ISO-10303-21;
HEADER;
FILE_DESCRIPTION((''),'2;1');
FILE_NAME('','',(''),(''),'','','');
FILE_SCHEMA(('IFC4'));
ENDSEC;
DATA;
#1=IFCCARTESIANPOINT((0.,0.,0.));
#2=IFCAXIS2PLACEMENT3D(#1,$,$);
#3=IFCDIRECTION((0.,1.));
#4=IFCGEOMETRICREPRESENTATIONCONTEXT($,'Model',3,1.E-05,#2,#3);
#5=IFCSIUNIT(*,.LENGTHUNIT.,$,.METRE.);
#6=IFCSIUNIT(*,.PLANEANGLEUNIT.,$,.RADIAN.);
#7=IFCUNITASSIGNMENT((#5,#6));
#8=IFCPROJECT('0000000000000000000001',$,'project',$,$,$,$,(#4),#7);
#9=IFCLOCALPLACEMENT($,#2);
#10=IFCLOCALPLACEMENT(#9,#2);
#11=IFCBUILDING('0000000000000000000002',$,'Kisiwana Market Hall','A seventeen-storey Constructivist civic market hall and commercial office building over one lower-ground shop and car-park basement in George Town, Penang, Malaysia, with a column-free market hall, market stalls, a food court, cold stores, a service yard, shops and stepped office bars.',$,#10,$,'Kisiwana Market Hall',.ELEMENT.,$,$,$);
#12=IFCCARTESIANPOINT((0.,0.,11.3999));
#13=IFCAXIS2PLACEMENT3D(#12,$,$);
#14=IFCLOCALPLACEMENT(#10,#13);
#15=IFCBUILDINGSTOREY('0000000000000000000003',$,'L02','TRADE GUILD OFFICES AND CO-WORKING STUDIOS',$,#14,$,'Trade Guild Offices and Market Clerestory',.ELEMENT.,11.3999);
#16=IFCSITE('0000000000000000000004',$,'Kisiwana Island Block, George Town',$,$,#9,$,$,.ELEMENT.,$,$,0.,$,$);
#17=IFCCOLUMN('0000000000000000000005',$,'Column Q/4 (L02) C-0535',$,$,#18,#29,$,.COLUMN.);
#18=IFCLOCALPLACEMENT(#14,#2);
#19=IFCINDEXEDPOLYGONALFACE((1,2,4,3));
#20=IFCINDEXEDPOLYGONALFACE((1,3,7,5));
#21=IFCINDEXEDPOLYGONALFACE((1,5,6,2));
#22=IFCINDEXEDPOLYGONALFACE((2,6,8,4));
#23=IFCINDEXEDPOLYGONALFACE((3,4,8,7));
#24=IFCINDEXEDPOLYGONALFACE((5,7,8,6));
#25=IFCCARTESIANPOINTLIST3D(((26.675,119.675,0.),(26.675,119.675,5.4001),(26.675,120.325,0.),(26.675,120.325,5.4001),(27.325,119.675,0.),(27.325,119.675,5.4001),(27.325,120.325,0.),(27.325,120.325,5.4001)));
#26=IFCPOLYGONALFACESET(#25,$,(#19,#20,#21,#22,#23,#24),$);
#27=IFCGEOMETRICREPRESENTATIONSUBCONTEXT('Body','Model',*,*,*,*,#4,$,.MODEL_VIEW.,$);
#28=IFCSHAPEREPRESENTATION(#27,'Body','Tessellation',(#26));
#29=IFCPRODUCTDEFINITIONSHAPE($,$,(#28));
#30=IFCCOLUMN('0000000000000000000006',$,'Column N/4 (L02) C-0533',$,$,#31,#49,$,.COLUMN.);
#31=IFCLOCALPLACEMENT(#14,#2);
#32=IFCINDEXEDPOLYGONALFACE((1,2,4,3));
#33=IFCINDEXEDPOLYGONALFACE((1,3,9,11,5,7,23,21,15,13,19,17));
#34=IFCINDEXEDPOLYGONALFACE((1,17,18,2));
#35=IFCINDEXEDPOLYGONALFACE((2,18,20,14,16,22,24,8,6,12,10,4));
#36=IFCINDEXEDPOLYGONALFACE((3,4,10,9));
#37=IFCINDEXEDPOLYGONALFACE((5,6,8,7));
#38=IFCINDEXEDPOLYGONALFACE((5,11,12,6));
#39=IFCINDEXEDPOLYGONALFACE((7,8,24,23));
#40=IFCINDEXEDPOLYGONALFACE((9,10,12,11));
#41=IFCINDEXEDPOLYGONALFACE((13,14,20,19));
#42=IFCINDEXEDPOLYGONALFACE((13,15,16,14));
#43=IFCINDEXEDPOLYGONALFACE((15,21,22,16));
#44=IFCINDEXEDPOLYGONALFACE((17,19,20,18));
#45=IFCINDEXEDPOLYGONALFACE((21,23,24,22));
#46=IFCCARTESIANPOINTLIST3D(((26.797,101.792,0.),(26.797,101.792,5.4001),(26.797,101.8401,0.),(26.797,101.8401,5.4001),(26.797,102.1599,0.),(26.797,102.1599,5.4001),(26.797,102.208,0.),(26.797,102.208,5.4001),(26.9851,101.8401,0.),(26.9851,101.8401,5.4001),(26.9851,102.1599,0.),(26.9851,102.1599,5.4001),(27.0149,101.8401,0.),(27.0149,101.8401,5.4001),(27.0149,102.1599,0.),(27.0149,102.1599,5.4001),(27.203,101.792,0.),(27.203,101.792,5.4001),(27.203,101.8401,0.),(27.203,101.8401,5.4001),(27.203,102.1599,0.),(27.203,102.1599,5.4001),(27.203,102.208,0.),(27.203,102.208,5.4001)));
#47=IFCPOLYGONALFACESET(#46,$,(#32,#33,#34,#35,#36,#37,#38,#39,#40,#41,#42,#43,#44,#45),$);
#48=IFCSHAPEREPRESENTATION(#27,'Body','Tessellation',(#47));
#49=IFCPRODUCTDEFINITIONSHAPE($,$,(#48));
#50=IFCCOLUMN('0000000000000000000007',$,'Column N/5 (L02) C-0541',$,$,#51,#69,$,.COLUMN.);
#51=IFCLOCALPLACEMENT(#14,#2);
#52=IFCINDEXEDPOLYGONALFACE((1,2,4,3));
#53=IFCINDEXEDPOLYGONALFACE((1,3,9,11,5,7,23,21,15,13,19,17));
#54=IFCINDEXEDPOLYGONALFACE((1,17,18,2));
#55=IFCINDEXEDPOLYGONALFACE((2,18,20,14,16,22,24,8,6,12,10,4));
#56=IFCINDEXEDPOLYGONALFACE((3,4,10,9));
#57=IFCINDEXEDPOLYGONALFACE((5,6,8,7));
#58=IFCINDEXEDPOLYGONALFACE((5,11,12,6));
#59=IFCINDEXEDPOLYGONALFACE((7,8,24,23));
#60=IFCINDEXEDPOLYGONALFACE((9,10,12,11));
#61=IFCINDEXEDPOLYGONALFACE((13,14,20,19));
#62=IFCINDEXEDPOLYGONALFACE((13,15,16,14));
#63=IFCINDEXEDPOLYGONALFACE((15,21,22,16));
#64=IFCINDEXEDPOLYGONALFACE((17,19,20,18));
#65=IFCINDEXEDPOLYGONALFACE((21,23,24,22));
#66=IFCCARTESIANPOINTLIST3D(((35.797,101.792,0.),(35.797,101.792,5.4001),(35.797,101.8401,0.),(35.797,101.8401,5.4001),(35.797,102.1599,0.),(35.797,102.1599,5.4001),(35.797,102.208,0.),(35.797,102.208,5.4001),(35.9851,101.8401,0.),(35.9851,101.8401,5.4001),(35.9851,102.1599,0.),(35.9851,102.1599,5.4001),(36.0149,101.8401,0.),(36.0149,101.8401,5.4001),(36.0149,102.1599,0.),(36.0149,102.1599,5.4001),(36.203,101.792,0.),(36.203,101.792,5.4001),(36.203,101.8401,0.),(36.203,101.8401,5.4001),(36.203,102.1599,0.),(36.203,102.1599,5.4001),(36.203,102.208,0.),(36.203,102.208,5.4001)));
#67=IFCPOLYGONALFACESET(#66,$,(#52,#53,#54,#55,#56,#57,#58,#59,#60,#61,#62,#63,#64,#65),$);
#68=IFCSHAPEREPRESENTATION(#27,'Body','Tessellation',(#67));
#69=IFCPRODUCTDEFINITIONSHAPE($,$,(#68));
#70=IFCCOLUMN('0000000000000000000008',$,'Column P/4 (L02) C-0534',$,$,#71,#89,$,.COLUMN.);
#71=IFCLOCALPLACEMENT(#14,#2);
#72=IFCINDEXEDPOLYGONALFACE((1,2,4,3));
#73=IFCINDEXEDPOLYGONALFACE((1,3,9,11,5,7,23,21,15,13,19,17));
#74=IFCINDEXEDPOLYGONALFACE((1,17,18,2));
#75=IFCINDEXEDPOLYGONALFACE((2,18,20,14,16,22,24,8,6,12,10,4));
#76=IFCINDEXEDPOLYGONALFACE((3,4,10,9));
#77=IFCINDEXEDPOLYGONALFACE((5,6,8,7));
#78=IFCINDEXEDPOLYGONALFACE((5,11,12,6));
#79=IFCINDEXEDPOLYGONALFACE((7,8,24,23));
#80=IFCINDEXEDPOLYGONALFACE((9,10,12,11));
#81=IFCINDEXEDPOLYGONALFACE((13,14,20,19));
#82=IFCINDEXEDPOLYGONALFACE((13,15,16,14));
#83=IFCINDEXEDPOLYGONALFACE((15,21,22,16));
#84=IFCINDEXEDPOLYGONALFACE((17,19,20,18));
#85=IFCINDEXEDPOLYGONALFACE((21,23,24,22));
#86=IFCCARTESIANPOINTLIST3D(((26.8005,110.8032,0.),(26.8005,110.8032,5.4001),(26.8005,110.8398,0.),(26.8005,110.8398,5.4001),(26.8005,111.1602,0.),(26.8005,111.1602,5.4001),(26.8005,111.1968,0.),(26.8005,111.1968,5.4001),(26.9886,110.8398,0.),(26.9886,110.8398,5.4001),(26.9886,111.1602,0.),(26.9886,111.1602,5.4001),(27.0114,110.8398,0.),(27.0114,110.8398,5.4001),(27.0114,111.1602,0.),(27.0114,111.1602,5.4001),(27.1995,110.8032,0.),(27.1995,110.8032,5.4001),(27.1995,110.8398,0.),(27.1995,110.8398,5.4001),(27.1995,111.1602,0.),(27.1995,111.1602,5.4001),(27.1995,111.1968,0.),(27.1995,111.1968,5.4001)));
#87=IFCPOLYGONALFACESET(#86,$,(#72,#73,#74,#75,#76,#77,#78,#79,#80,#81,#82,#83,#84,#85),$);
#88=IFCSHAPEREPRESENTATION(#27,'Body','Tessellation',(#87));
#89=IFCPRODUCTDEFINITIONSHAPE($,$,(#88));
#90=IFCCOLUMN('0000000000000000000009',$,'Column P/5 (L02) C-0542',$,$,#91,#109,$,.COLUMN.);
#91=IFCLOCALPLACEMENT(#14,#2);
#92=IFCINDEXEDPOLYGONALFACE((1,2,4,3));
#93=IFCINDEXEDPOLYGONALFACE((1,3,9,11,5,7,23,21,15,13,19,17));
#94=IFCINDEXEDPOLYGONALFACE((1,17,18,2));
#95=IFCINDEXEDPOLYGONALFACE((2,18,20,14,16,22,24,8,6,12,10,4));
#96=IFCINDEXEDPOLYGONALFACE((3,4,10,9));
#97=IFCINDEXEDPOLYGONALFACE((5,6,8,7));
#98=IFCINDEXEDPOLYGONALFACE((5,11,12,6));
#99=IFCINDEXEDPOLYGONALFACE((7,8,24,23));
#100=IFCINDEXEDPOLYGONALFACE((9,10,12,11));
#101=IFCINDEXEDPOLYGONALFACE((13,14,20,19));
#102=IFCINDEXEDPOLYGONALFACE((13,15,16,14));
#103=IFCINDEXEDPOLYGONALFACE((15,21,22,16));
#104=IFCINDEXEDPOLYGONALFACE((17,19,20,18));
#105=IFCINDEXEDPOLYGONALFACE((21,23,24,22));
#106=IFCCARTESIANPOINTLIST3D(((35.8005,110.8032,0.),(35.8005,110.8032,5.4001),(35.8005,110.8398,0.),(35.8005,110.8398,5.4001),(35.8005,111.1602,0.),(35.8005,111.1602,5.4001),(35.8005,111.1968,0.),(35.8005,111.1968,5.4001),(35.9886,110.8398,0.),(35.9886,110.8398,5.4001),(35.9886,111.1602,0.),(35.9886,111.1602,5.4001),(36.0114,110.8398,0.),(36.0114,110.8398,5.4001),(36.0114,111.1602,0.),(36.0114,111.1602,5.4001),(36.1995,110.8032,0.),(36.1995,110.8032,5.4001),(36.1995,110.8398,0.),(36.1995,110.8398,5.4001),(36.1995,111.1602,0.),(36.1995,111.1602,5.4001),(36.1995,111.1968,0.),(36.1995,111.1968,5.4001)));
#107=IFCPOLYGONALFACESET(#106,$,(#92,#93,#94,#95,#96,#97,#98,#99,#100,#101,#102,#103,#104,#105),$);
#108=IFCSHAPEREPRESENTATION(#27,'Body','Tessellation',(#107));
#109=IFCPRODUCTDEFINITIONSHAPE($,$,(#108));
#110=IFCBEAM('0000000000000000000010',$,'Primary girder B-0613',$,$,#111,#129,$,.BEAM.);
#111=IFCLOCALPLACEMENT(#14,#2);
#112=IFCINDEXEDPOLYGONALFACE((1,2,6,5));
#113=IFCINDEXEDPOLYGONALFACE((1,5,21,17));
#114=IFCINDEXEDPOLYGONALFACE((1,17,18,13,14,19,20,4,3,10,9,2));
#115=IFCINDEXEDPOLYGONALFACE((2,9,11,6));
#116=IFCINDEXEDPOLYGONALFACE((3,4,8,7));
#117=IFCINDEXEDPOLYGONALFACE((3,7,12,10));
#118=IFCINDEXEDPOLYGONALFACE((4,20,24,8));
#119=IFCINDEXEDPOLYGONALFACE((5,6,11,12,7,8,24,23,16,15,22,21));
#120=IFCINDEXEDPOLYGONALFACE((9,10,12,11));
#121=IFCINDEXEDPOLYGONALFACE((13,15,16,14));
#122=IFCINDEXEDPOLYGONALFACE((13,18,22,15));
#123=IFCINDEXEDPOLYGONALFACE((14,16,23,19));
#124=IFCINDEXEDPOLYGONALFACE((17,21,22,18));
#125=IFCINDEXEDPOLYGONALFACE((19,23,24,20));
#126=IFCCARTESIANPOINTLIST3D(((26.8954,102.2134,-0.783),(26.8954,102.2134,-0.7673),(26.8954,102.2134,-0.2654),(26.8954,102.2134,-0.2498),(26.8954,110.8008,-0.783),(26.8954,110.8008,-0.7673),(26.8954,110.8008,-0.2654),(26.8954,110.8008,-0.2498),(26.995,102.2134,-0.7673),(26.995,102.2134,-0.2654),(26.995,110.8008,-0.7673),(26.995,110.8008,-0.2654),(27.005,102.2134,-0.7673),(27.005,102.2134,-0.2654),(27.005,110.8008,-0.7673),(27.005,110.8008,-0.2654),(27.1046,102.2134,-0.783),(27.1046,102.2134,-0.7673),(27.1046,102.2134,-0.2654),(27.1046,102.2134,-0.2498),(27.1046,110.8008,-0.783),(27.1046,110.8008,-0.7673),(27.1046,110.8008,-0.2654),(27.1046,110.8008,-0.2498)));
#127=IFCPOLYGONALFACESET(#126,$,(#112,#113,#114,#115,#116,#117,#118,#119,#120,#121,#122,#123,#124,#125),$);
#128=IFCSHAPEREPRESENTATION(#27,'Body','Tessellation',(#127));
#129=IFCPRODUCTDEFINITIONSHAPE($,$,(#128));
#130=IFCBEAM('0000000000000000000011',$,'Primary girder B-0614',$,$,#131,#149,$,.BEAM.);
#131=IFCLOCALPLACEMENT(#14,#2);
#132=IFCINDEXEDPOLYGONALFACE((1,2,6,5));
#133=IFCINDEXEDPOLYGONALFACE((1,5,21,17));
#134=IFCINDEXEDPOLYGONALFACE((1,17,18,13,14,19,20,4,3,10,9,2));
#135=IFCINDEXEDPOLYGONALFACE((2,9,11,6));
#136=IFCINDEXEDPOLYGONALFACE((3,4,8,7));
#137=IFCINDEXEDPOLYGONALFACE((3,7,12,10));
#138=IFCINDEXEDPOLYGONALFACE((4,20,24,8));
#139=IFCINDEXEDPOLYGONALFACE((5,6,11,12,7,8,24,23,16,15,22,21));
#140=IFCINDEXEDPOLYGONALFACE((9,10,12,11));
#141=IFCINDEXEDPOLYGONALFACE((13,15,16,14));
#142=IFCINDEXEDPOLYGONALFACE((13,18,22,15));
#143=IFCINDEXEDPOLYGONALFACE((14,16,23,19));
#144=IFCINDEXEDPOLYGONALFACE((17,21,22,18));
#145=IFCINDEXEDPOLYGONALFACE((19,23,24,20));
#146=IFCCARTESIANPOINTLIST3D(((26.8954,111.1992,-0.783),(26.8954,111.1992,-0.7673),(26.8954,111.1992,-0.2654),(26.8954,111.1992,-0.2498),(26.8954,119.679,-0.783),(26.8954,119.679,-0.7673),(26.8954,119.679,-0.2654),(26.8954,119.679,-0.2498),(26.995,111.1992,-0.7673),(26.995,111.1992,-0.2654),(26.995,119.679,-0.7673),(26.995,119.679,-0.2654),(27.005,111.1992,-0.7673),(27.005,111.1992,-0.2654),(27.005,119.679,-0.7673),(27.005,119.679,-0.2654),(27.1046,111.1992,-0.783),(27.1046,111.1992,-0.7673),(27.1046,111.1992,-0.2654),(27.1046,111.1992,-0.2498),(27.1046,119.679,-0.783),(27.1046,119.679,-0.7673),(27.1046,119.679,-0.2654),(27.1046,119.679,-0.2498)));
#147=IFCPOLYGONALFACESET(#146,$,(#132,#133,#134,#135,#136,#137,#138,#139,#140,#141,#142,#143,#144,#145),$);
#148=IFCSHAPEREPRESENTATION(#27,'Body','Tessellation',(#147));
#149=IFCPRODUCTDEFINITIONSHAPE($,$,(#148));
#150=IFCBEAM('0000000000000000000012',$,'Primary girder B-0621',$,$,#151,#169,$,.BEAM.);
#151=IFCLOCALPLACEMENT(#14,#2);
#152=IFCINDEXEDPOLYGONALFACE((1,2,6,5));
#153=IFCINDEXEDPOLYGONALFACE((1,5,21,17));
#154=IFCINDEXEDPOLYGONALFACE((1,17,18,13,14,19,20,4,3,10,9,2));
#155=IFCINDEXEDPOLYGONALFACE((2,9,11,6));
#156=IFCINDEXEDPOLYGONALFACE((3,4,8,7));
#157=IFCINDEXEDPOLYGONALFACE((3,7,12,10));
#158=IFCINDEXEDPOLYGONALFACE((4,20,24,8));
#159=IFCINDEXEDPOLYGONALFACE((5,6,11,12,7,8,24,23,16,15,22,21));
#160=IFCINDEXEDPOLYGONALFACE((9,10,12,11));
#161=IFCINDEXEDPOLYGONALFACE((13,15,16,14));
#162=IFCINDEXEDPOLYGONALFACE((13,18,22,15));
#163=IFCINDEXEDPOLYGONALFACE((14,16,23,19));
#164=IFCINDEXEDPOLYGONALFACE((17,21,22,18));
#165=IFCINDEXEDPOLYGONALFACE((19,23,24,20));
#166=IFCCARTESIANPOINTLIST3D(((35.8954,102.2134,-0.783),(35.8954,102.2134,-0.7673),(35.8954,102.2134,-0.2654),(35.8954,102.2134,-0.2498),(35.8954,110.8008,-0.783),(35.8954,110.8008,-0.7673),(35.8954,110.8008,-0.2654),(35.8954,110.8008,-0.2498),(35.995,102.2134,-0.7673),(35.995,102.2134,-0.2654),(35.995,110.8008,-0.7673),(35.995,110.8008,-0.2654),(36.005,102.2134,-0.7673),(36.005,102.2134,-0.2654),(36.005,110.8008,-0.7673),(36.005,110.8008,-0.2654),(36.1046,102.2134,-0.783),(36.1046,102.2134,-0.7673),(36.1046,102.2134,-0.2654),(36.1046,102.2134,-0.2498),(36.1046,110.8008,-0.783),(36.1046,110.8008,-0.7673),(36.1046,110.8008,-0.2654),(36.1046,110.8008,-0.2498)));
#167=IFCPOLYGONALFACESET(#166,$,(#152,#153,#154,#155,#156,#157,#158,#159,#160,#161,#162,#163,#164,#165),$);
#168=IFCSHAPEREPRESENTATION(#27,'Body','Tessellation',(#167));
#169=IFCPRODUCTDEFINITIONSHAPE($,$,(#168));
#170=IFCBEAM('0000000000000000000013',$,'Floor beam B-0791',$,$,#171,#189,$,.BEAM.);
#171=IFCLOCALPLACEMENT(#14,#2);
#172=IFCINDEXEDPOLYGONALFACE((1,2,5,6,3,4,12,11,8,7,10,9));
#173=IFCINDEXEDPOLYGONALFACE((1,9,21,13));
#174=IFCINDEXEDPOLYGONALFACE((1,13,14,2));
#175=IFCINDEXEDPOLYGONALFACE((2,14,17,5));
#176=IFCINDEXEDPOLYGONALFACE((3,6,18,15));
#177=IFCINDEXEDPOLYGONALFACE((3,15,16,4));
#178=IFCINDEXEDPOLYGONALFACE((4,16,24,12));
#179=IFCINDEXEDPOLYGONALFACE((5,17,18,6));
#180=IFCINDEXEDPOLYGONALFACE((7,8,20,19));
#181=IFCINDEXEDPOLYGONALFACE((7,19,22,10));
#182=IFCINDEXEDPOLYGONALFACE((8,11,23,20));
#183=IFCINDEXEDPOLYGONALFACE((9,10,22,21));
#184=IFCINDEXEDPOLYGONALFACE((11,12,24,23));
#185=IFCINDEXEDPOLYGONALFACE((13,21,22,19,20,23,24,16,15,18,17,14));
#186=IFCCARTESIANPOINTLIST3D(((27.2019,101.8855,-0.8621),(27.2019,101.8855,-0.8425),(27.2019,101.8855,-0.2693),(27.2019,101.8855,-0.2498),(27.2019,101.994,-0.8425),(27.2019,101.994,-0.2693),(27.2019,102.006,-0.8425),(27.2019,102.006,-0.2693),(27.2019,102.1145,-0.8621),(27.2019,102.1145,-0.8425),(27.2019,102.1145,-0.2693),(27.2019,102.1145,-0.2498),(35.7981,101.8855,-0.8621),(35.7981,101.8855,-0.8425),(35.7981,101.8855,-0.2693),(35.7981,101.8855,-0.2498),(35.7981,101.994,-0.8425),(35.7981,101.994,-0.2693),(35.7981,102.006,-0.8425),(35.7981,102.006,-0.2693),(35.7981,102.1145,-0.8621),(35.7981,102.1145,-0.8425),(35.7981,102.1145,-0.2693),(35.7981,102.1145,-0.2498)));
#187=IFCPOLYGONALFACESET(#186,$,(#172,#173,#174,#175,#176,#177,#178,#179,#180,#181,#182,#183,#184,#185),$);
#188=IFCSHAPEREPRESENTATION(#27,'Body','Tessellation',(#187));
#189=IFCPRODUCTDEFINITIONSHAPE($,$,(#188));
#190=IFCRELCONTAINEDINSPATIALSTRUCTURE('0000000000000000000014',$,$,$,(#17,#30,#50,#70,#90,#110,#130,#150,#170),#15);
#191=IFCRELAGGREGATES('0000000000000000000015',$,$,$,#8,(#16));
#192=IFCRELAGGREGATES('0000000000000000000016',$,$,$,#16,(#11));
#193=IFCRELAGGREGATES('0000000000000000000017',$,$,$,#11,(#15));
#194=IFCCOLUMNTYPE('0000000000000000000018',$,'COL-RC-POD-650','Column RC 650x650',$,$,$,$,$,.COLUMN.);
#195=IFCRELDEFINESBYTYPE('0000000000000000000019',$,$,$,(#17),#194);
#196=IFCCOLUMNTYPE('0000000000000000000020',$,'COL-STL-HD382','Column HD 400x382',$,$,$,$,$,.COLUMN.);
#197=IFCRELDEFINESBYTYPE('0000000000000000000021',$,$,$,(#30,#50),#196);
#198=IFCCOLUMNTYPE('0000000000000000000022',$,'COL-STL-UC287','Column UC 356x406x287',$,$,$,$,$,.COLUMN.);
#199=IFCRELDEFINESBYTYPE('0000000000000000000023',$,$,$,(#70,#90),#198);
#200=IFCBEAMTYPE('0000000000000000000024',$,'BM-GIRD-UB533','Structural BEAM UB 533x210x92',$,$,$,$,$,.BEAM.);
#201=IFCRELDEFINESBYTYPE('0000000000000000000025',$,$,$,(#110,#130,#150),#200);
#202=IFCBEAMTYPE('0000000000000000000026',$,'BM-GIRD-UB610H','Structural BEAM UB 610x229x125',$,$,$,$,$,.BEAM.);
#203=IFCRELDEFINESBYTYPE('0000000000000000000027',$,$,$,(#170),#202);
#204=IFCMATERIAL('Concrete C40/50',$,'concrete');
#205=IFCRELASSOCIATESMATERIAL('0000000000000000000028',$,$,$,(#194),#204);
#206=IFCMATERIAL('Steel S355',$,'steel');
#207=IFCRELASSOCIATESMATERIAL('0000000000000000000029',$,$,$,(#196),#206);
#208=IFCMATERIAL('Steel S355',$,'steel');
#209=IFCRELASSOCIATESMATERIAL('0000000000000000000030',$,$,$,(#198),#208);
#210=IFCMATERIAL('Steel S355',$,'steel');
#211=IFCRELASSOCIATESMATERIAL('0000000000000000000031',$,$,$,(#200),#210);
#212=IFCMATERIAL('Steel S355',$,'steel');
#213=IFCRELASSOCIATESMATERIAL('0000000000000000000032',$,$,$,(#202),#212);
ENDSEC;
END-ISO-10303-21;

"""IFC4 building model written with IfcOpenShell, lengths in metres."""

from ifc_helpers import new_model, si_unit, direction, frame, origin, origin_2d, place, context, subcontext, project, spatial, rectangle, i_section, extrude, material, material_profile, profile_set, type_object, element, save


model = new_model("IFC4")

# Units and contexts
model_context = context("Model", 3, precision=1e-05, world=origin(), true_north=direction((0.0, 1.0)))
body_context = subcontext(model_context, "Body", "Model", "MODEL_VIEW")
ifc_project = project(units=[si_unit("LENGTHUNIT", "METRE"), si_unit("PLANEANGLEUNIT", "RADIAN")], contexts=[model_context])

# Site, building, storey
site_placement = place(None, origin())
site = spatial("IfcSite", under=ifc_project, at=site_placement, Name="Kisiwana Island Block, George Town", CompositionType="ELEMENT", RefElevation=0.0)
building_placement = place(site_placement, origin())
building = spatial("IfcBuilding", under=site, at=building_placement, Name="Kisiwana Market Hall", Description="A seventeen-storey Constructivist civic market hall and commercial office building over one lower-ground shop and car-park basement in George Town, Penang, Malaysia, with a column-free market hall, market stalls, a food court, cold stores, a service yard, shops and stepped office bars.", LongName="Kisiwana Market Hall", CompositionType="ELEMENT")
storey_placement = place(building_placement, frame((0.0, 0.0, 11.3999)))
storey = spatial("IfcBuildingStorey", under=building, at=storey_placement, Name="L02", Description="TRADE GUILD OFFICES AND CO-WORKING STUDIOS", LongName="Trade Guild Offices and Market Clerestory", CompositionType="ELEMENT", Elevation=11.3999)

# Columns
ifc_material_1 = material(Name="Concrete C40/50", Category="concrete")
ifc_material_profile_1 = material_profile(ifc_material_1, rectangle(XDim=0.6499, YDim=0.6499, at=origin_2d()), Name="RC 650x650")
ifc_profile_set_1 = profile_set([ifc_material_profile_1], Name="Concrete C40/50")
column_type_1 = type_object("IfcColumnType", Name="COL-RC-POD-650", Description="Column RC 650x650", PredefinedType="COLUMN", material=ifc_profile_set_1)
column_placement = place(storey_placement, frame((27.0, 120.0, 0.0), z_axis=(0.0, 0.0, 1.0), x_axis=(1.0, 0.0, 0.0)))
element("IfcColumn", 1, at=column_placement, inside=storey, type_object=column_type_1, Name="Column Q/4 (L02) C-0535", PredefinedType="COLUMN", context=body_context, shape_type="SweptSolid", body=[
    extrude(rectangle(XDim=0.6499, YDim=0.6499, at=origin_2d()), origin(), (0.0, 0.0, 1.0), 5.4001),
])
ifc_material_2 = material(Name="Steel S355", Category="steel")
ifc_material_profile_2 = material_profile(ifc_material_2, i_section(OverallWidth=0.406, OverallDepth=0.416, WebThickness=0.0298, FlangeThickness=0.0481, at=origin_2d()), Name="HD 400x382")
ifc_profile_set_2 = profile_set([ifc_material_profile_2], Name="Steel S355")
column_type_2 = type_object("IfcColumnType", Name="COL-STL-HD382", Description="Column HD 400x382", PredefinedType="COLUMN", material=ifc_profile_set_2)
for number, where, z_axis, x_axis, name in (
    (2, (27.0, 102.0, 0.0), (0.0, 0.0, 1.0), (1.0, 0.0, 0.0), "Column N/4 (L02) C-0533"),
    (3, (36.0, 102.0, 0.0), (0.0, 0.0, 1.0), (1.0, 0.0, 0.0), "Column N/5 (L02) C-0541"),
):
    element("IfcColumn", number, at=place(storey_placement, frame(where, z_axis=z_axis, x_axis=x_axis)), inside=storey, type_object=column_type_2, Name=name, PredefinedType="COLUMN", context=body_context, shape_type="SweptSolid", body=[
        extrude(i_section(OverallWidth=0.406, OverallDepth=0.416, WebThickness=0.0298, FlangeThickness=0.0481, at=origin_2d()), origin(), (0.0, 0.0, 1.0), 5.4001),
    ])
ifc_material_3 = material(Name="Steel S355", Category="steel")
ifc_material_profile_3 = material_profile(ifc_material_3, i_section(OverallWidth=0.3989, OverallDepth=0.3936, WebThickness=0.0227, FlangeThickness=0.0366, at=origin_2d()), Name="UC 356x406x287")
ifc_profile_set_3 = profile_set([ifc_material_profile_3], Name="Steel S355")
column_type_3 = type_object("IfcColumnType", Name="COL-STL-UC287", Description="Column UC 356x406x287", PredefinedType="COLUMN", material=ifc_profile_set_3)
for number, where, z_axis, x_axis, name in (
    (4, (27.0, 111.0, 0.0), (0.0, 0.0, 1.0), (1.0, 0.0, 0.0), "Column P/4 (L02) C-0534"),
    (5, (36.0, 111.0, 0.0), (0.0, 0.0, 1.0), (1.0, 0.0, 0.0), "Column P/5 (L02) C-0542"),
):
    element("IfcColumn", number, at=place(storey_placement, frame(where, z_axis=z_axis, x_axis=x_axis)), inside=storey, type_object=column_type_3, Name=name, PredefinedType="COLUMN", context=body_context, shape_type="SweptSolid", body=[
        extrude(i_section(OverallWidth=0.3989, OverallDepth=0.3936, WebThickness=0.0227, FlangeThickness=0.0366, at=origin_2d()), origin(), (0.0, 0.0, 1.0), 5.4001),
    ])

# Beams
ifc_material_4 = material(Name="Steel S355", Category="steel")
ifc_material_profile_4 = material_profile(ifc_material_4, i_section(OverallWidth=0.2092, OverallDepth=0.5332, WebThickness=0.01, FlangeThickness=0.0156, at=origin_2d()), Name="UB 533x210x92")
ifc_profile_set_4 = profile_set([ifc_material_profile_4], Name="Steel S355")
beam_type_1 = type_object("IfcBeamType", Name="BM-GIRD-UB533", Description="Structural BEAM UB 533x210x92", PredefinedType="BEAM", material=ifc_profile_set_4)
beam_1_placement = place(storey_placement, frame((27.0, 102.2134, -0.5164), z_axis=(0.0, 1.0, 0.0), x_axis=(-1.0, 0.0, 0.0)))
element("IfcBeam", 6, at=beam_1_placement, inside=storey, type_object=beam_type_1, Name="Primary girder B-0613", PredefinedType="BEAM", context=body_context, shape_type="SweptSolid", body=[
    extrude(i_section(OverallWidth=0.2092, OverallDepth=0.5332, WebThickness=0.01, FlangeThickness=0.0156, at=origin_2d()), origin(), (0.0, 0.0, 1.0), 8.5874),
])
beam_2_placement = place(storey_placement, frame((27.0, 111.1992, -0.5164), z_axis=(0.0, 1.0, 0.0), x_axis=(-1.0, 0.0, 0.0)))
element("IfcBeam", 7, at=beam_2_placement, inside=storey, type_object=beam_type_1, Name="Primary girder B-0614", PredefinedType="BEAM", context=body_context, shape_type="SweptSolid", body=[
    extrude(i_section(OverallWidth=0.2092, OverallDepth=0.5332, WebThickness=0.01, FlangeThickness=0.0156, at=origin_2d()), origin(), (0.0, 0.0, 1.0), 8.4797),
])
beam_3_placement = place(storey_placement, frame((36.0, 102.2134, -0.5164), z_axis=(0.0, 1.0, 0.0), x_axis=(-1.0, 0.0, 0.0)))
element("IfcBeam", 8, at=beam_3_placement, inside=storey, type_object=beam_type_1, Name="Primary girder B-0621", PredefinedType="BEAM", context=body_context, shape_type="SweptSolid", body=[
    extrude(i_section(OverallWidth=0.2092, OverallDepth=0.5332, WebThickness=0.01, FlangeThickness=0.0156, at=origin_2d()), origin(), (0.0, 0.0, 1.0), 8.5874),
])
ifc_material_5 = material(Name="Steel S355", Category="steel")
ifc_material_profile_5 = material_profile(ifc_material_5, i_section(OverallWidth=0.229, OverallDepth=0.6123, WebThickness=0.012, FlangeThickness=0.0195, at=origin_2d()), Name="UB 610x229x125")
ifc_profile_set_5 = profile_set([ifc_material_profile_5], Name="Steel S355")
beam_type_2 = type_object("IfcBeamType", Name="BM-GIRD-UB610H", Description="Structural BEAM UB 610x229x125", PredefinedType="BEAM", material=ifc_profile_set_5)
beam_4_placement = place(storey_placement, frame((27.2019, 102.0, -0.5559), z_axis=(1.0, 0.0, 0.0), x_axis=(0.0, 1.0, 0.0)))
element("IfcBeam", 9, at=beam_4_placement, inside=storey, type_object=beam_type_2, Name="Floor beam B-0791", PredefinedType="BEAM", context=body_context, shape_type="SweptSolid", body=[
    extrude(i_section(OverallWidth=0.229, OverallDepth=0.6123, WebThickness=0.012, FlangeThickness=0.0195, at=origin_2d()), origin(), (0.0, 0.0, 1.0), 8.5962),
])

save(model, "model.ifc")
